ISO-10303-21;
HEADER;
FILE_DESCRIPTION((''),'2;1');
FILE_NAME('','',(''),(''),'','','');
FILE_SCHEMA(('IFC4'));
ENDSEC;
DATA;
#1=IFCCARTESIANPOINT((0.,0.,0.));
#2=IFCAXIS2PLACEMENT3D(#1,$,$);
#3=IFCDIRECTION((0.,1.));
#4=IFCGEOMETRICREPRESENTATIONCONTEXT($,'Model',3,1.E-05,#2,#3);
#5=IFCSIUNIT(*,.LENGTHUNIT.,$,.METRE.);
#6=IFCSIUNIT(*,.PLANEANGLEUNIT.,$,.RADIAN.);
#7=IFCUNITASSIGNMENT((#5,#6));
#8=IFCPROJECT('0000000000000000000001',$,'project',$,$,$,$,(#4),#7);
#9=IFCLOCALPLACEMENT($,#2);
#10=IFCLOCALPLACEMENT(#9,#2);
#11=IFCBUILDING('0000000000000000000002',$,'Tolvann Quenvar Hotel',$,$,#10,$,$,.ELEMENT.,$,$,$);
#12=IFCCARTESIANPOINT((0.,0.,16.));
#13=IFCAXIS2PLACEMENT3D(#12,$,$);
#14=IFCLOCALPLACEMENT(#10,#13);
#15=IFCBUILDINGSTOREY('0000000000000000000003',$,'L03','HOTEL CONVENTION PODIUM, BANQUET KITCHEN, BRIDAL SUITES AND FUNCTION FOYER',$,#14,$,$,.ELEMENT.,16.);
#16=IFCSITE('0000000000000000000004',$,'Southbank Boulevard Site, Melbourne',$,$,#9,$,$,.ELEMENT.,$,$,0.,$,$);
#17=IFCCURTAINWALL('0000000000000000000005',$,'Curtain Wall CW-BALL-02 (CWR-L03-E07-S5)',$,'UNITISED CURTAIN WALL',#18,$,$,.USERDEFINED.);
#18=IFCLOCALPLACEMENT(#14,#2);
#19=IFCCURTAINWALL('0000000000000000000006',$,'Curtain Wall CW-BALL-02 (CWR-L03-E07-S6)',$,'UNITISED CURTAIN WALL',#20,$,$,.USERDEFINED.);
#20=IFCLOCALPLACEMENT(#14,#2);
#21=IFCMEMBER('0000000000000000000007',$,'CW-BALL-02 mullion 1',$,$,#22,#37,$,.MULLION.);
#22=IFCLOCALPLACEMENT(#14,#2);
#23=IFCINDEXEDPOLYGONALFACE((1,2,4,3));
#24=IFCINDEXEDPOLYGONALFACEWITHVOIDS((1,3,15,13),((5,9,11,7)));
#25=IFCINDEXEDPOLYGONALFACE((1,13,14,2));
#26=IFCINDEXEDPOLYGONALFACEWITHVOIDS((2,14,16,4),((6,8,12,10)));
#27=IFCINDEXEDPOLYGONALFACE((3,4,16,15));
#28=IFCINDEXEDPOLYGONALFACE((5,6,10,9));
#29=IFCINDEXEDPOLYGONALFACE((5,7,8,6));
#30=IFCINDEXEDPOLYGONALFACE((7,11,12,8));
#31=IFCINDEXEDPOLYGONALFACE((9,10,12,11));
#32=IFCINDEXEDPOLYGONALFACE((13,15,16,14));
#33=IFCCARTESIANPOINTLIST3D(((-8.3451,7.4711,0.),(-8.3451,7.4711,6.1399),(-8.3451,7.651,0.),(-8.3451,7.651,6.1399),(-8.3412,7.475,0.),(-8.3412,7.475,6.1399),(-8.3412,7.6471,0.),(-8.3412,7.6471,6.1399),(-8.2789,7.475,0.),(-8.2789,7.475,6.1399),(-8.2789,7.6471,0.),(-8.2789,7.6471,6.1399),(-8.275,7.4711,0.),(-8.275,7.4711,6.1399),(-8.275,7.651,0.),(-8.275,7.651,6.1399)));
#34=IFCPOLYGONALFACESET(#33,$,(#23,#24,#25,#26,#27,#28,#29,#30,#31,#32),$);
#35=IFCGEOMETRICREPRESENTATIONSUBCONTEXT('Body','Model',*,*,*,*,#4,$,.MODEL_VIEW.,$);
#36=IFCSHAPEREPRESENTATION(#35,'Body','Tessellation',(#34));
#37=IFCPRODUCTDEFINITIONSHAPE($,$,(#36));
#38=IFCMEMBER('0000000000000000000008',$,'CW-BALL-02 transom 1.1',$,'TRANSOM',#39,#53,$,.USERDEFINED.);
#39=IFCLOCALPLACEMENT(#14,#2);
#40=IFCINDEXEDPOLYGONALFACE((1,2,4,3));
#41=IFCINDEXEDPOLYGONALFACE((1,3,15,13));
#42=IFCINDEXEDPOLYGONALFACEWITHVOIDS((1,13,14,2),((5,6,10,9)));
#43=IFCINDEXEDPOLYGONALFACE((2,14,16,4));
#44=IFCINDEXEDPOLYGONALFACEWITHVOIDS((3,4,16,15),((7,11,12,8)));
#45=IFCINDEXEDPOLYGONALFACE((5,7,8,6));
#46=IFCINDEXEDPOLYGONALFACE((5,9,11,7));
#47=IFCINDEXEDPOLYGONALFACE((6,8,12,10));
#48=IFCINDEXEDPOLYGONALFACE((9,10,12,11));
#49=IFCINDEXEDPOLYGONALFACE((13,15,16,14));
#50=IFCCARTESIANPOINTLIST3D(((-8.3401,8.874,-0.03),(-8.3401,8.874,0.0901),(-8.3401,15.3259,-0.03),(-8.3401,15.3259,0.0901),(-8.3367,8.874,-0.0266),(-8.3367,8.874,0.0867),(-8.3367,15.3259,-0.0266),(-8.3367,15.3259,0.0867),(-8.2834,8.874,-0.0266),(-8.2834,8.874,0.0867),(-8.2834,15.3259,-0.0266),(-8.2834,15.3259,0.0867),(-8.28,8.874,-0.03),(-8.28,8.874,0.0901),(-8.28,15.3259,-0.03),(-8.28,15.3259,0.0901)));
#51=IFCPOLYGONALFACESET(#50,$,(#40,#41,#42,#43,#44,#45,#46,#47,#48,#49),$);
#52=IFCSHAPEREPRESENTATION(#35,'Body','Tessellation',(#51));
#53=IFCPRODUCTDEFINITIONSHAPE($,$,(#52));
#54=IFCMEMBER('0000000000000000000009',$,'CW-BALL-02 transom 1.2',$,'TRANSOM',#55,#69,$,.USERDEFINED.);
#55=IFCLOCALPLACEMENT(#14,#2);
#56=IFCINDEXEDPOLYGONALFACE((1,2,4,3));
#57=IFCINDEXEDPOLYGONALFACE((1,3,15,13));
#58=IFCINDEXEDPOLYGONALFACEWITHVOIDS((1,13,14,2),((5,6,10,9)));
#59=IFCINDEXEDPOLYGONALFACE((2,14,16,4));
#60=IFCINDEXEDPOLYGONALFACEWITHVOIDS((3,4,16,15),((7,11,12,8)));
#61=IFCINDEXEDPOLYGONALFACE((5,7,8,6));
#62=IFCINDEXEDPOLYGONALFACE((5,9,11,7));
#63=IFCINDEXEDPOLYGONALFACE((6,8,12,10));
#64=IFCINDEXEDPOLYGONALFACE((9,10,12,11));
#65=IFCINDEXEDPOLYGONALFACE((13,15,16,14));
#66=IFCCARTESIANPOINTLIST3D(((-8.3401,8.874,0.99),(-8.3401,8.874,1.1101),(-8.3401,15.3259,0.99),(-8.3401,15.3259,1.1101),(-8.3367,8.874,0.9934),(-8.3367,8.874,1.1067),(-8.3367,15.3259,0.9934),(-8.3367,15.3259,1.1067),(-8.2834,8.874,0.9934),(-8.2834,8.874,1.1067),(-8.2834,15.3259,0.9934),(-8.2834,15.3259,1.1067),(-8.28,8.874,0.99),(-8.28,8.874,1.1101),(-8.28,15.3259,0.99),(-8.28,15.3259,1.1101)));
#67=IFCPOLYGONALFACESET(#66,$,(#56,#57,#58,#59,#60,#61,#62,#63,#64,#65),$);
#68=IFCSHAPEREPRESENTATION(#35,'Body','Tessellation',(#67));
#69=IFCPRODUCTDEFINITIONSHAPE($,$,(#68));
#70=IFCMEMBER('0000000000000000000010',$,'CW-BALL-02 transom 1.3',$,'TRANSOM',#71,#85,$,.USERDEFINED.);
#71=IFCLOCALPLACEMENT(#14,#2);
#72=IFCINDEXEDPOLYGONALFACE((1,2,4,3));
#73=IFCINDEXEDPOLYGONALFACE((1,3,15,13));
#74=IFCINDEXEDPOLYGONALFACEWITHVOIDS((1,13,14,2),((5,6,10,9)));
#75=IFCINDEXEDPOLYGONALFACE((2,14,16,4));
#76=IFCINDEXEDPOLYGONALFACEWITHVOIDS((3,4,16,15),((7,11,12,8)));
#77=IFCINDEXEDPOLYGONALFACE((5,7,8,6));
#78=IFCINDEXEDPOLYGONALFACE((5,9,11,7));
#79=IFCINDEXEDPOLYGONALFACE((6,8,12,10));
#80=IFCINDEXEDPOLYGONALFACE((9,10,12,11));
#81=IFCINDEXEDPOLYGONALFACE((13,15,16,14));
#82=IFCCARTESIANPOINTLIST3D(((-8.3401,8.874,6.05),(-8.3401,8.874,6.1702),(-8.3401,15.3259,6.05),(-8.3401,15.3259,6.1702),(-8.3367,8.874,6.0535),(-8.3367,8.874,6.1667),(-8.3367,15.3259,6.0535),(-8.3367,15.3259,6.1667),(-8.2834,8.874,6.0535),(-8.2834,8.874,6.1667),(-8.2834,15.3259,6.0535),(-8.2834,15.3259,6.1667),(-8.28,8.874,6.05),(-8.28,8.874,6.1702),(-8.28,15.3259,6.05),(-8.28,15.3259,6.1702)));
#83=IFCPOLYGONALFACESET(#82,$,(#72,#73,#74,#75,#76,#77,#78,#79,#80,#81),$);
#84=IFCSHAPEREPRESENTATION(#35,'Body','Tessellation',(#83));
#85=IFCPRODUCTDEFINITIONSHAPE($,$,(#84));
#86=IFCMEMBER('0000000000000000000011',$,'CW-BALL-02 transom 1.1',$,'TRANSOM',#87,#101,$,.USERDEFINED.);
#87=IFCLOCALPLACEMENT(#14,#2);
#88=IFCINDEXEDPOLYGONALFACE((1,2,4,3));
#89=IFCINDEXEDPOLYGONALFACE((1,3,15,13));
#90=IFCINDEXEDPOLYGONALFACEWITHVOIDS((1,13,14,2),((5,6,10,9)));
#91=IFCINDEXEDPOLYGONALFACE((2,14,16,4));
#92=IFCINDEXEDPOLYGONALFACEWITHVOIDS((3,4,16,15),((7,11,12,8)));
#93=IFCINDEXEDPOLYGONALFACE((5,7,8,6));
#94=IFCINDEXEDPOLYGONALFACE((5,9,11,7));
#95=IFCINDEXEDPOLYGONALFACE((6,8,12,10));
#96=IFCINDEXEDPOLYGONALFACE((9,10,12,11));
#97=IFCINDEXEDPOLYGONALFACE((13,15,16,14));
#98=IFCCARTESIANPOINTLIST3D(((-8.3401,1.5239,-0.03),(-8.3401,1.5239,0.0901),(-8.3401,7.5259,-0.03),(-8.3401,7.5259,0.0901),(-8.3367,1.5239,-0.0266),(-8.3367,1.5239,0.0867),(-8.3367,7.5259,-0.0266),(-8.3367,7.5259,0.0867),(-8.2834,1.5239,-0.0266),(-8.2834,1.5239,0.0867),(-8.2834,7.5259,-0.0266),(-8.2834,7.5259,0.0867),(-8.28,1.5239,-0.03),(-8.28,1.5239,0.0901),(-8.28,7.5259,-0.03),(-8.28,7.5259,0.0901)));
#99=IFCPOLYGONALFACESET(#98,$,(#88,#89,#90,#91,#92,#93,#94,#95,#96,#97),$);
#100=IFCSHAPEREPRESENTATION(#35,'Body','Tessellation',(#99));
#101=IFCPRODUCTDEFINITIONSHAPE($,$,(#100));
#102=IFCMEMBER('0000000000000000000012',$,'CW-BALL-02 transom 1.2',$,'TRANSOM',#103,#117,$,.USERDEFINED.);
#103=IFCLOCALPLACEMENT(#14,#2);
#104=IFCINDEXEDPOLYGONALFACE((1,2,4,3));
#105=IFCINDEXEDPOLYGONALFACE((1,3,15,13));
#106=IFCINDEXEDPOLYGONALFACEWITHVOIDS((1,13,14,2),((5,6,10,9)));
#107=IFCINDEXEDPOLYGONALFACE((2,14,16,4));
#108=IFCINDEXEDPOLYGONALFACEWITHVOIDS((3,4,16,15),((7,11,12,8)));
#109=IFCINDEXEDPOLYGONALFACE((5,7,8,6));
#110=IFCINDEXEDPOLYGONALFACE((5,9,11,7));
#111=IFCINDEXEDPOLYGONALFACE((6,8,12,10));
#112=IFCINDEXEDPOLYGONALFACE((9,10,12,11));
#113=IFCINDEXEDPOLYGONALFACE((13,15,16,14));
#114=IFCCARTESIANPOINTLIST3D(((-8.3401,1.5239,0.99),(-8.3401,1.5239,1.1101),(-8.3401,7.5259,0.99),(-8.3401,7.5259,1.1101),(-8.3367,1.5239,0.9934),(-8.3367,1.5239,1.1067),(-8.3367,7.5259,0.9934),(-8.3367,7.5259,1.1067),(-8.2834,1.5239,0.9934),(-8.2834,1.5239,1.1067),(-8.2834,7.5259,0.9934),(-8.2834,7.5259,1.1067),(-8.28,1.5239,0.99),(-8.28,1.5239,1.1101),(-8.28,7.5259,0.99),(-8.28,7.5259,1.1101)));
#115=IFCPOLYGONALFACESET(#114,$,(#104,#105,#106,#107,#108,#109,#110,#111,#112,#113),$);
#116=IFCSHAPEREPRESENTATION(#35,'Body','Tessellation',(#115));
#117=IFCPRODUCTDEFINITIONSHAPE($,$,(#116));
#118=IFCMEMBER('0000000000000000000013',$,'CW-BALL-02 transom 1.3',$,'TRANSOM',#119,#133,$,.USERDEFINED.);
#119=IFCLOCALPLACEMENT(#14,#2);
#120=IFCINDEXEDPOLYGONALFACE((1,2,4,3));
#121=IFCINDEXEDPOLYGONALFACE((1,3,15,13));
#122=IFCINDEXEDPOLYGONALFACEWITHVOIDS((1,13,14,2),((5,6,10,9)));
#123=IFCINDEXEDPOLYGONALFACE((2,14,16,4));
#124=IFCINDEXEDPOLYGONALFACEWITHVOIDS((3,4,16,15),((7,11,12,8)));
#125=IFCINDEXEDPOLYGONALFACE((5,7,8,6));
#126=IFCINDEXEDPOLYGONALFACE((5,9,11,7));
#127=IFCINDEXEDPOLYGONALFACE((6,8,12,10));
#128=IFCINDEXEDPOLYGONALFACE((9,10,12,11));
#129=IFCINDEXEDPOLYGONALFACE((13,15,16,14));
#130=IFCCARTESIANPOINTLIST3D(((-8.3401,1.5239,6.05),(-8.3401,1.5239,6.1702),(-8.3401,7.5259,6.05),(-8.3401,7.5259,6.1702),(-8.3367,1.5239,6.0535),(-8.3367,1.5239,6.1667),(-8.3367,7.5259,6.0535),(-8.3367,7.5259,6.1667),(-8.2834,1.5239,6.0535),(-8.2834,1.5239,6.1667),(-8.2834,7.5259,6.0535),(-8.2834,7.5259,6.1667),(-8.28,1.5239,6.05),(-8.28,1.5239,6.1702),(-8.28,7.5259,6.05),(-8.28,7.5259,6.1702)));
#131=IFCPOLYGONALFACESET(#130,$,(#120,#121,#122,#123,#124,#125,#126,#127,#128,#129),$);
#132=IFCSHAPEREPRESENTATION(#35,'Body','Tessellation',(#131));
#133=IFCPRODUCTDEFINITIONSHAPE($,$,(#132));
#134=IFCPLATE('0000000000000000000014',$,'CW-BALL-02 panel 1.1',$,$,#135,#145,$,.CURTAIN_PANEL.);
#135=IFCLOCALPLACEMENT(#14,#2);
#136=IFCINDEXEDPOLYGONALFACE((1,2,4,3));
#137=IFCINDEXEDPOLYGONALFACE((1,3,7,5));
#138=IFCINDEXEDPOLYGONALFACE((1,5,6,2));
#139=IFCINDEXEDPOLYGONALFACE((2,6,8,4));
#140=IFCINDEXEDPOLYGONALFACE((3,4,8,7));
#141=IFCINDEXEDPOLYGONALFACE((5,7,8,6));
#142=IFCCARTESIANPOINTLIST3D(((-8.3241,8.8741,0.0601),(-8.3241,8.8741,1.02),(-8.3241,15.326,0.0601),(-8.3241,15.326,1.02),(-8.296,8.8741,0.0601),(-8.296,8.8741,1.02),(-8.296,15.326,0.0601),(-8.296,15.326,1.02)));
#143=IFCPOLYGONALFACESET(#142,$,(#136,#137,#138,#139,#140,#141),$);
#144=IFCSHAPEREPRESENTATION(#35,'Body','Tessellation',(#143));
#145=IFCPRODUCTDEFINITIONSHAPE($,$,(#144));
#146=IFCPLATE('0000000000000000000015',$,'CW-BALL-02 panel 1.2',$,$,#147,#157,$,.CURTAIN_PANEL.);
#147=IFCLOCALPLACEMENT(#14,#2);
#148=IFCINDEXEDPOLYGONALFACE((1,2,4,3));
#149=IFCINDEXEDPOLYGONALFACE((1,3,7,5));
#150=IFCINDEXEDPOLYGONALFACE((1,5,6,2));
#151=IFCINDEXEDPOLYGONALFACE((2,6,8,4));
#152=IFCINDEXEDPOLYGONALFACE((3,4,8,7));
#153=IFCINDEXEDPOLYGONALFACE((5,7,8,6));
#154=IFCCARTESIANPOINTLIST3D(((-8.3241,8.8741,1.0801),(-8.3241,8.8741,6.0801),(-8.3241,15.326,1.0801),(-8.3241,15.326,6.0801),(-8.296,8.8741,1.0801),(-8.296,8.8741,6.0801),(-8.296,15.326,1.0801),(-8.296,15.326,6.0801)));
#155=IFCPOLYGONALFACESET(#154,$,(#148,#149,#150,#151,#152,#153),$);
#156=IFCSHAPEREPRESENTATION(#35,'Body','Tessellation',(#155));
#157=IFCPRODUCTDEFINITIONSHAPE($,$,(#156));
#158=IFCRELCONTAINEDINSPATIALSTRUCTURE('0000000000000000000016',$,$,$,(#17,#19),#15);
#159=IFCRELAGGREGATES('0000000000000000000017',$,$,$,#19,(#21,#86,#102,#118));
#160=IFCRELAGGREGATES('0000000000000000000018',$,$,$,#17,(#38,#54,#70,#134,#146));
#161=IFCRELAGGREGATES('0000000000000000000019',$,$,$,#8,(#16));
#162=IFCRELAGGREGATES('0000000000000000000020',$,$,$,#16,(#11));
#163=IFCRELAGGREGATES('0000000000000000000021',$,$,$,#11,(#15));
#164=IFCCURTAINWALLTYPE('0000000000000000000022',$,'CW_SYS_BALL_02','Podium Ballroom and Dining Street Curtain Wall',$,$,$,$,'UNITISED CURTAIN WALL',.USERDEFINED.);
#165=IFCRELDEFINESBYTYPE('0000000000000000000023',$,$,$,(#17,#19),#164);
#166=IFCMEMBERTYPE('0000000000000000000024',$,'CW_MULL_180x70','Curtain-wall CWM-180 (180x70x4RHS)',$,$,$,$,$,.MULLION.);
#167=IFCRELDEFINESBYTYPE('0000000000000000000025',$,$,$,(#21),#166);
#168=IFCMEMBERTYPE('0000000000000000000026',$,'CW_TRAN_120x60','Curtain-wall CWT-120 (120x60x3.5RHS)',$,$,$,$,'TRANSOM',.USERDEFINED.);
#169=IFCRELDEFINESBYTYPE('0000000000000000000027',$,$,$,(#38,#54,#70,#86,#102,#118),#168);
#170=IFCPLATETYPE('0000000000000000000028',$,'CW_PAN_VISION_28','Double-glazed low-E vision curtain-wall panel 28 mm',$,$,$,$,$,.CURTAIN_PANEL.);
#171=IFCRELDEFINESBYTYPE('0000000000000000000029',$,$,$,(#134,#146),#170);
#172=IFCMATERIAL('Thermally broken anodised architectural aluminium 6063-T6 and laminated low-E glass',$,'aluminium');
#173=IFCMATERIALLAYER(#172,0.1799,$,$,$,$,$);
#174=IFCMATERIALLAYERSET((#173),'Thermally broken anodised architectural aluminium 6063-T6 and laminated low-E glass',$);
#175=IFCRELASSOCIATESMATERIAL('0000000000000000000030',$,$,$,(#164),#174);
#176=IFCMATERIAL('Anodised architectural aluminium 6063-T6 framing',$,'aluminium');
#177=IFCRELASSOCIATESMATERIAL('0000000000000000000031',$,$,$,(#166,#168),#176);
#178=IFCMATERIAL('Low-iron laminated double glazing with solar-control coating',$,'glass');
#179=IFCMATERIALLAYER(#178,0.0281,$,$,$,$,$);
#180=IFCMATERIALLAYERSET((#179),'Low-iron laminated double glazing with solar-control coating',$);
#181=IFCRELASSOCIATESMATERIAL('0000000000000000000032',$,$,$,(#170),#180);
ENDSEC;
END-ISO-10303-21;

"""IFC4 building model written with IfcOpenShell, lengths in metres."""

from ifc_helpers import new_model, si_unit, direction, frame, origin, origin_2d, place, context, subcontext, project, spatial, rectangle, hollow_rectangle, extrude, source, transform, mapped, material, layer, layer_set, material_profile, profile_set, type_object, type_shapes, element, aggregate, save


model = new_model("IFC4")

# Units and contexts
model_context = context("Model", 3, precision=1e-05, world=origin(), true_north=direction((0.0, 1.0)))
body_context = subcontext(model_context, "Body", "Model", "MODEL_VIEW")
ifc_project = project(units=[si_unit("LENGTHUNIT", "METRE"), si_unit("PLANEANGLEUNIT", "RADIAN")], contexts=[model_context])

# Site, building, storey
site_placement = place(None, origin())
site = spatial("IfcSite", under=ifc_project, at=site_placement, Name="Southbank Boulevard Site, Melbourne", CompositionType="ELEMENT", RefElevation=0.0)
building_placement = place(site_placement, origin())
building = spatial("IfcBuilding", under=site, at=building_placement, Name="Tolvann Quenvar Hotel", CompositionType="ELEMENT")
storey_placement = place(building_placement, frame((0.0, 0.0, 16.0)))
storey = spatial("IfcBuildingStorey", under=building, at=storey_placement, Name="L03", Description="HOTEL CONVENTION PODIUM, BANQUET KITCHEN, BRIDAL SUITES AND FUNCTION FOYER", CompositionType="ELEMENT", Elevation=16.0)

# Curtain wall
ifc_material_1 = material(Name="Thermally broken anodised architectural aluminium 6063-T6 and laminated low-E glass", Category="aluminium")
ifc_layer_1 = layer(ifc_material_1, 0.1799)
ifc_layer_set_1 = layer_set([ifc_layer_1], Name="Thermally broken anodised architectural aluminium 6063-T6 and laminated low-E glass")
curtain_wall_type = type_object("IfcCurtainWallType", Name="CW_SYS_BALL_02", Description="Podium Ballroom and Dining Street Curtain Wall", ElementType="UNITISED CURTAIN WALL", PredefinedType="USERDEFINED", material=ifc_layer_set_1)
curtain_wall_1_placement = place(storey_placement, origin())
curtain_wall_1 = element("IfcCurtainWall", 1, at=curtain_wall_1_placement, inside=storey, type_object=curtain_wall_type, Name="Curtain Wall CW-BALL-02 (CWR-L03-E07-S5)", ObjectType="UNITISED CURTAIN WALL", PredefinedType="USERDEFINED")
ifc_material_2 = material(Name="Anodised architectural aluminium 6063-T6 framing", Category="aluminium")
ifc_material_profile_1 = material_profile(ifc_material_2, hollow_rectangle(XDim=0.0701, YDim=0.1799, WallThickness=0.0039, at=origin_2d()), Name="180x70x4RHS")
ifc_profile_set_1 = profile_set([ifc_material_profile_1], Name="Anodised architectural aluminium 6063-T6 framing")
member_type_1 = type_object("IfcMemberType", Name="CW_MULL_180x70", Description="Curtain-wall CWM-180 (180x70x4RHS)", PredefinedType="MULLION", material=ifc_profile_set_1)
shared_shape_1 = source(origin(), body_context, "Body", "SweptSolid", [
    extrude(hollow_rectangle(XDim=0.0701, YDim=0.1799, WallThickness=0.0039, at=origin_2d()), origin(), (0.0, 0.0, 1.0), 6.1399),
])
type_shapes(member_type_1, [shared_shape_1])

# Curtain wall, member
curtain_wall_2_placement = place(storey_placement, origin())
curtain_wall_2 = element("IfcCurtainWall", 2, at=curtain_wall_2_placement, inside=storey, type_object=curtain_wall_type, Name="Curtain Wall CW-BALL-02 (CWR-L03-E07-S6)", ObjectType="UNITISED CURTAIN WALL", PredefinedType="USERDEFINED")
member_1_placement = place(storey_placement, frame((-8.3101, 7.561, 0.0), z_axis=(0.0, 0.0, 1.0), x_axis=(1.0, 0.0, 0.0)))
member_1 = element("IfcMember", 3, at=member_1_placement, type_object=member_type_1, Name="CW-BALL-02 mullion 1", PredefinedType="MULLION", context=body_context, shape_type="MappedRepresentation", body=[
    mapped(shared_shape_1, transform((0.0, 0.0, 0.0), x_axis=(1.0, 0.0, 0.0), y_axis=(0.0, 1.0, 0.0), z_axis=(0.0, 0.0, 1.0), scale=1.0)),
])

# Members
ifc_material_profile_2 = material_profile(ifc_material_2, hollow_rectangle(XDim=0.0601, YDim=0.1201, WallThickness=0.0034, at=origin_2d()), Name="120x60x3.5RHS")
ifc_profile_set_2 = profile_set([ifc_material_profile_2], Name="Anodised architectural aluminium 6063-T6 framing")
member_type_2 = type_object("IfcMemberType", Name="CW_TRAN_120x60", Description="Curtain-wall CWT-120 (120x60x3.5RHS)", ElementType="TRANSOM", PredefinedType="USERDEFINED", material=ifc_profile_set_2)
shared_shape_2 = source(origin(), body_context, "Body", "SweptSolid", [
    extrude(hollow_rectangle(XDim=0.0601, YDim=0.1201, WallThickness=0.0034, at=origin_2d()), origin(), (0.0, 0.0, 1.0), 6.4519),
])
member_2_placement = place(storey_placement, frame((-8.3101, 15.3259, 0.03), z_axis=(0.0, -1.0, 0.0), x_axis=(1.0, 0.0, 0.0)))
member_2 = element("IfcMember", 4, at=member_2_placement, type_object=member_type_2, Name="CW-BALL-02 transom 1.1", ObjectType="TRANSOM", PredefinedType="USERDEFINED", context=body_context, shape_type="MappedRepresentation", body=[
    mapped(shared_shape_2, transform((0.0, 0.0, 0.0), x_axis=(1.0, 0.0, 0.0), y_axis=(0.0, 1.0, 0.0), z_axis=(0.0, 0.0, 1.0), scale=1.0)),
])
member_3_placement = place(storey_placement, frame((-8.3101, 15.3259, 1.05), z_axis=(0.0, -1.0, 0.0), x_axis=(1.0, 0.0, 0.0)))
member_3 = element("IfcMember", 5, at=member_3_placement, type_object=member_type_2, Name="CW-BALL-02 transom 1.2", ObjectType="TRANSOM", PredefinedType="USERDEFINED", context=body_context, shape_type="MappedRepresentation", body=[
    mapped(shared_shape_2, transform((0.0, 0.0, 0.0), x_axis=(1.0, 0.0, 0.0), y_axis=(0.0, 1.0, 0.0), z_axis=(0.0, 0.0, 1.0), scale=1.0)),
])
member_4_placement = place(storey_placement, frame((-8.3101, 15.3259, 6.1101), z_axis=(0.0, -1.0, 0.0), x_axis=(1.0, 0.0, 0.0)))
member_4 = element("IfcMember", 6, at=member_4_placement, type_object=member_type_2, Name="CW-BALL-02 transom 1.3", ObjectType="TRANSOM", PredefinedType="USERDEFINED", context=body_context, shape_type="MappedRepresentation", body=[
    mapped(shared_shape_2, transform((0.0, 0.0, 0.0), x_axis=(1.0, 0.0, 0.0), y_axis=(0.0, 1.0, 0.0), z_axis=(0.0, 0.0, 1.0), scale=1.0)),
])
shared_shape_3 = source(origin(), body_context, "Body", "SweptSolid", [
    extrude(hollow_rectangle(XDim=0.0601, YDim=0.1201, WallThickness=0.0034, at=origin_2d()), origin(), (0.0, 0.0, 1.0), 6.002),
])
type_shapes(member_type_2, [shared_shape_2, shared_shape_3])
member_5_placement = place(storey_placement, frame((-8.3101, 7.5259, 0.03), z_axis=(0.0, -1.0, 0.0), x_axis=(1.0, 0.0, 0.0)))
member_5 = element("IfcMember", 7, at=member_5_placement, type_object=member_type_2, Name="CW-BALL-02 transom 1.1", ObjectType="TRANSOM", PredefinedType="USERDEFINED", context=body_context, shape_type="MappedRepresentation", body=[
    mapped(shared_shape_3, transform((0.0, 0.0, 0.0), x_axis=(1.0, 0.0, 0.0), y_axis=(0.0, 1.0, 0.0), z_axis=(0.0, 0.0, 1.0), scale=1.0)),
])
member_6_placement = place(storey_placement, frame((-8.3101, 7.5259, 1.05), z_axis=(0.0, -1.0, 0.0), x_axis=(1.0, 0.0, 0.0)))
member_6 = element("IfcMember", 8, at=member_6_placement, type_object=member_type_2, Name="CW-BALL-02 transom 1.2", ObjectType="TRANSOM", PredefinedType="USERDEFINED", context=body_context, shape_type="MappedRepresentation", body=[
    mapped(shared_shape_3, transform((0.0, 0.0, 0.0), x_axis=(1.0, 0.0, 0.0), y_axis=(0.0, 1.0, 0.0), z_axis=(0.0, 0.0, 1.0), scale=1.0)),
])
member_7_placement = place(storey_placement, frame((-8.3101, 7.5259, 6.1101), z_axis=(0.0, -1.0, 0.0), x_axis=(1.0, 0.0, 0.0)))
member_7 = element("IfcMember", 9, at=member_7_placement, type_object=member_type_2, Name="CW-BALL-02 transom 1.3", ObjectType="TRANSOM", PredefinedType="USERDEFINED", context=body_context, shape_type="MappedRepresentation", body=[
    mapped(shared_shape_3, transform((0.0, 0.0, 0.0), x_axis=(1.0, 0.0, 0.0), y_axis=(0.0, 1.0, 0.0), z_axis=(0.0, 0.0, 1.0), scale=1.0)),
])
aggregate(curtain_wall_2, [member_1, member_5, member_6, member_7])

# Plates
ifc_material_3 = material(Name="Low-iron laminated double glazing with solar-control coating", Category="glass")
ifc_layer_2 = layer(ifc_material_3, 0.0281)
ifc_layer_set_2 = layer_set([ifc_layer_2], Name="Low-iron laminated double glazing with solar-control coating")
plate_type = type_object("IfcPlateType", Name="CW_PAN_VISION_28", Description="Double-glazed low-E vision curtain-wall panel 28 mm", PredefinedType="CURTAIN_PANEL", material=ifc_layer_set_2)
shared_shape_4 = source(origin(), body_context, "Body", "SweptSolid", [
    extrude(rectangle(XDim=6.4519, YDim=0.0281, at=origin_2d()), origin(), (0.0, 0.0, 1.0), 0.96),
])
plate_1_placement = place(storey_placement, frame((-8.3101, 12.1001, 0.0601), z_axis=(0.0, 0.0, 1.0), x_axis=(0.0, -1.0, 0.0)))
plate_1 = element("IfcPlate", 10, at=plate_1_placement, type_object=plate_type, Name="CW-BALL-02 panel 1.1", PredefinedType="CURTAIN_PANEL", context=body_context, shape_type="MappedRepresentation", body=[
    mapped(shared_shape_4, transform((0.0, 0.0, 0.0), x_axis=(1.0, 0.0, 0.0), y_axis=(0.0, 1.0, 0.0), z_axis=(0.0, 0.0, 1.0), scale=1.0)),
])
shared_shape_5 = source(origin(), body_context, "Body", "SweptSolid", [
    extrude(rectangle(XDim=6.4519, YDim=0.0281, at=origin_2d()), origin(), (0.0, 0.0, 1.0), 5.0),
])
type_shapes(plate_type, [shared_shape_4, shared_shape_5])
plate_2_placement = place(storey_placement, frame((-8.3101, 12.1001, 1.0801), z_axis=(0.0, 0.0, 1.0), x_axis=(0.0, -1.0, 0.0)))
plate_2 = element("IfcPlate", 11, at=plate_2_placement, type_object=plate_type, Name="CW-BALL-02 panel 1.2", PredefinedType="CURTAIN_PANEL", context=body_context, shape_type="MappedRepresentation", body=[
    mapped(shared_shape_5, transform((0.0, 0.0, 0.0), x_axis=(1.0, 0.0, 0.0), y_axis=(0.0, 1.0, 0.0), z_axis=(0.0, 0.0, 1.0), scale=1.0)),
])
aggregate(curtain_wall_1, [member_2, member_3, member_4, plate_1, plate_2])

save(model, "model.ifc")
